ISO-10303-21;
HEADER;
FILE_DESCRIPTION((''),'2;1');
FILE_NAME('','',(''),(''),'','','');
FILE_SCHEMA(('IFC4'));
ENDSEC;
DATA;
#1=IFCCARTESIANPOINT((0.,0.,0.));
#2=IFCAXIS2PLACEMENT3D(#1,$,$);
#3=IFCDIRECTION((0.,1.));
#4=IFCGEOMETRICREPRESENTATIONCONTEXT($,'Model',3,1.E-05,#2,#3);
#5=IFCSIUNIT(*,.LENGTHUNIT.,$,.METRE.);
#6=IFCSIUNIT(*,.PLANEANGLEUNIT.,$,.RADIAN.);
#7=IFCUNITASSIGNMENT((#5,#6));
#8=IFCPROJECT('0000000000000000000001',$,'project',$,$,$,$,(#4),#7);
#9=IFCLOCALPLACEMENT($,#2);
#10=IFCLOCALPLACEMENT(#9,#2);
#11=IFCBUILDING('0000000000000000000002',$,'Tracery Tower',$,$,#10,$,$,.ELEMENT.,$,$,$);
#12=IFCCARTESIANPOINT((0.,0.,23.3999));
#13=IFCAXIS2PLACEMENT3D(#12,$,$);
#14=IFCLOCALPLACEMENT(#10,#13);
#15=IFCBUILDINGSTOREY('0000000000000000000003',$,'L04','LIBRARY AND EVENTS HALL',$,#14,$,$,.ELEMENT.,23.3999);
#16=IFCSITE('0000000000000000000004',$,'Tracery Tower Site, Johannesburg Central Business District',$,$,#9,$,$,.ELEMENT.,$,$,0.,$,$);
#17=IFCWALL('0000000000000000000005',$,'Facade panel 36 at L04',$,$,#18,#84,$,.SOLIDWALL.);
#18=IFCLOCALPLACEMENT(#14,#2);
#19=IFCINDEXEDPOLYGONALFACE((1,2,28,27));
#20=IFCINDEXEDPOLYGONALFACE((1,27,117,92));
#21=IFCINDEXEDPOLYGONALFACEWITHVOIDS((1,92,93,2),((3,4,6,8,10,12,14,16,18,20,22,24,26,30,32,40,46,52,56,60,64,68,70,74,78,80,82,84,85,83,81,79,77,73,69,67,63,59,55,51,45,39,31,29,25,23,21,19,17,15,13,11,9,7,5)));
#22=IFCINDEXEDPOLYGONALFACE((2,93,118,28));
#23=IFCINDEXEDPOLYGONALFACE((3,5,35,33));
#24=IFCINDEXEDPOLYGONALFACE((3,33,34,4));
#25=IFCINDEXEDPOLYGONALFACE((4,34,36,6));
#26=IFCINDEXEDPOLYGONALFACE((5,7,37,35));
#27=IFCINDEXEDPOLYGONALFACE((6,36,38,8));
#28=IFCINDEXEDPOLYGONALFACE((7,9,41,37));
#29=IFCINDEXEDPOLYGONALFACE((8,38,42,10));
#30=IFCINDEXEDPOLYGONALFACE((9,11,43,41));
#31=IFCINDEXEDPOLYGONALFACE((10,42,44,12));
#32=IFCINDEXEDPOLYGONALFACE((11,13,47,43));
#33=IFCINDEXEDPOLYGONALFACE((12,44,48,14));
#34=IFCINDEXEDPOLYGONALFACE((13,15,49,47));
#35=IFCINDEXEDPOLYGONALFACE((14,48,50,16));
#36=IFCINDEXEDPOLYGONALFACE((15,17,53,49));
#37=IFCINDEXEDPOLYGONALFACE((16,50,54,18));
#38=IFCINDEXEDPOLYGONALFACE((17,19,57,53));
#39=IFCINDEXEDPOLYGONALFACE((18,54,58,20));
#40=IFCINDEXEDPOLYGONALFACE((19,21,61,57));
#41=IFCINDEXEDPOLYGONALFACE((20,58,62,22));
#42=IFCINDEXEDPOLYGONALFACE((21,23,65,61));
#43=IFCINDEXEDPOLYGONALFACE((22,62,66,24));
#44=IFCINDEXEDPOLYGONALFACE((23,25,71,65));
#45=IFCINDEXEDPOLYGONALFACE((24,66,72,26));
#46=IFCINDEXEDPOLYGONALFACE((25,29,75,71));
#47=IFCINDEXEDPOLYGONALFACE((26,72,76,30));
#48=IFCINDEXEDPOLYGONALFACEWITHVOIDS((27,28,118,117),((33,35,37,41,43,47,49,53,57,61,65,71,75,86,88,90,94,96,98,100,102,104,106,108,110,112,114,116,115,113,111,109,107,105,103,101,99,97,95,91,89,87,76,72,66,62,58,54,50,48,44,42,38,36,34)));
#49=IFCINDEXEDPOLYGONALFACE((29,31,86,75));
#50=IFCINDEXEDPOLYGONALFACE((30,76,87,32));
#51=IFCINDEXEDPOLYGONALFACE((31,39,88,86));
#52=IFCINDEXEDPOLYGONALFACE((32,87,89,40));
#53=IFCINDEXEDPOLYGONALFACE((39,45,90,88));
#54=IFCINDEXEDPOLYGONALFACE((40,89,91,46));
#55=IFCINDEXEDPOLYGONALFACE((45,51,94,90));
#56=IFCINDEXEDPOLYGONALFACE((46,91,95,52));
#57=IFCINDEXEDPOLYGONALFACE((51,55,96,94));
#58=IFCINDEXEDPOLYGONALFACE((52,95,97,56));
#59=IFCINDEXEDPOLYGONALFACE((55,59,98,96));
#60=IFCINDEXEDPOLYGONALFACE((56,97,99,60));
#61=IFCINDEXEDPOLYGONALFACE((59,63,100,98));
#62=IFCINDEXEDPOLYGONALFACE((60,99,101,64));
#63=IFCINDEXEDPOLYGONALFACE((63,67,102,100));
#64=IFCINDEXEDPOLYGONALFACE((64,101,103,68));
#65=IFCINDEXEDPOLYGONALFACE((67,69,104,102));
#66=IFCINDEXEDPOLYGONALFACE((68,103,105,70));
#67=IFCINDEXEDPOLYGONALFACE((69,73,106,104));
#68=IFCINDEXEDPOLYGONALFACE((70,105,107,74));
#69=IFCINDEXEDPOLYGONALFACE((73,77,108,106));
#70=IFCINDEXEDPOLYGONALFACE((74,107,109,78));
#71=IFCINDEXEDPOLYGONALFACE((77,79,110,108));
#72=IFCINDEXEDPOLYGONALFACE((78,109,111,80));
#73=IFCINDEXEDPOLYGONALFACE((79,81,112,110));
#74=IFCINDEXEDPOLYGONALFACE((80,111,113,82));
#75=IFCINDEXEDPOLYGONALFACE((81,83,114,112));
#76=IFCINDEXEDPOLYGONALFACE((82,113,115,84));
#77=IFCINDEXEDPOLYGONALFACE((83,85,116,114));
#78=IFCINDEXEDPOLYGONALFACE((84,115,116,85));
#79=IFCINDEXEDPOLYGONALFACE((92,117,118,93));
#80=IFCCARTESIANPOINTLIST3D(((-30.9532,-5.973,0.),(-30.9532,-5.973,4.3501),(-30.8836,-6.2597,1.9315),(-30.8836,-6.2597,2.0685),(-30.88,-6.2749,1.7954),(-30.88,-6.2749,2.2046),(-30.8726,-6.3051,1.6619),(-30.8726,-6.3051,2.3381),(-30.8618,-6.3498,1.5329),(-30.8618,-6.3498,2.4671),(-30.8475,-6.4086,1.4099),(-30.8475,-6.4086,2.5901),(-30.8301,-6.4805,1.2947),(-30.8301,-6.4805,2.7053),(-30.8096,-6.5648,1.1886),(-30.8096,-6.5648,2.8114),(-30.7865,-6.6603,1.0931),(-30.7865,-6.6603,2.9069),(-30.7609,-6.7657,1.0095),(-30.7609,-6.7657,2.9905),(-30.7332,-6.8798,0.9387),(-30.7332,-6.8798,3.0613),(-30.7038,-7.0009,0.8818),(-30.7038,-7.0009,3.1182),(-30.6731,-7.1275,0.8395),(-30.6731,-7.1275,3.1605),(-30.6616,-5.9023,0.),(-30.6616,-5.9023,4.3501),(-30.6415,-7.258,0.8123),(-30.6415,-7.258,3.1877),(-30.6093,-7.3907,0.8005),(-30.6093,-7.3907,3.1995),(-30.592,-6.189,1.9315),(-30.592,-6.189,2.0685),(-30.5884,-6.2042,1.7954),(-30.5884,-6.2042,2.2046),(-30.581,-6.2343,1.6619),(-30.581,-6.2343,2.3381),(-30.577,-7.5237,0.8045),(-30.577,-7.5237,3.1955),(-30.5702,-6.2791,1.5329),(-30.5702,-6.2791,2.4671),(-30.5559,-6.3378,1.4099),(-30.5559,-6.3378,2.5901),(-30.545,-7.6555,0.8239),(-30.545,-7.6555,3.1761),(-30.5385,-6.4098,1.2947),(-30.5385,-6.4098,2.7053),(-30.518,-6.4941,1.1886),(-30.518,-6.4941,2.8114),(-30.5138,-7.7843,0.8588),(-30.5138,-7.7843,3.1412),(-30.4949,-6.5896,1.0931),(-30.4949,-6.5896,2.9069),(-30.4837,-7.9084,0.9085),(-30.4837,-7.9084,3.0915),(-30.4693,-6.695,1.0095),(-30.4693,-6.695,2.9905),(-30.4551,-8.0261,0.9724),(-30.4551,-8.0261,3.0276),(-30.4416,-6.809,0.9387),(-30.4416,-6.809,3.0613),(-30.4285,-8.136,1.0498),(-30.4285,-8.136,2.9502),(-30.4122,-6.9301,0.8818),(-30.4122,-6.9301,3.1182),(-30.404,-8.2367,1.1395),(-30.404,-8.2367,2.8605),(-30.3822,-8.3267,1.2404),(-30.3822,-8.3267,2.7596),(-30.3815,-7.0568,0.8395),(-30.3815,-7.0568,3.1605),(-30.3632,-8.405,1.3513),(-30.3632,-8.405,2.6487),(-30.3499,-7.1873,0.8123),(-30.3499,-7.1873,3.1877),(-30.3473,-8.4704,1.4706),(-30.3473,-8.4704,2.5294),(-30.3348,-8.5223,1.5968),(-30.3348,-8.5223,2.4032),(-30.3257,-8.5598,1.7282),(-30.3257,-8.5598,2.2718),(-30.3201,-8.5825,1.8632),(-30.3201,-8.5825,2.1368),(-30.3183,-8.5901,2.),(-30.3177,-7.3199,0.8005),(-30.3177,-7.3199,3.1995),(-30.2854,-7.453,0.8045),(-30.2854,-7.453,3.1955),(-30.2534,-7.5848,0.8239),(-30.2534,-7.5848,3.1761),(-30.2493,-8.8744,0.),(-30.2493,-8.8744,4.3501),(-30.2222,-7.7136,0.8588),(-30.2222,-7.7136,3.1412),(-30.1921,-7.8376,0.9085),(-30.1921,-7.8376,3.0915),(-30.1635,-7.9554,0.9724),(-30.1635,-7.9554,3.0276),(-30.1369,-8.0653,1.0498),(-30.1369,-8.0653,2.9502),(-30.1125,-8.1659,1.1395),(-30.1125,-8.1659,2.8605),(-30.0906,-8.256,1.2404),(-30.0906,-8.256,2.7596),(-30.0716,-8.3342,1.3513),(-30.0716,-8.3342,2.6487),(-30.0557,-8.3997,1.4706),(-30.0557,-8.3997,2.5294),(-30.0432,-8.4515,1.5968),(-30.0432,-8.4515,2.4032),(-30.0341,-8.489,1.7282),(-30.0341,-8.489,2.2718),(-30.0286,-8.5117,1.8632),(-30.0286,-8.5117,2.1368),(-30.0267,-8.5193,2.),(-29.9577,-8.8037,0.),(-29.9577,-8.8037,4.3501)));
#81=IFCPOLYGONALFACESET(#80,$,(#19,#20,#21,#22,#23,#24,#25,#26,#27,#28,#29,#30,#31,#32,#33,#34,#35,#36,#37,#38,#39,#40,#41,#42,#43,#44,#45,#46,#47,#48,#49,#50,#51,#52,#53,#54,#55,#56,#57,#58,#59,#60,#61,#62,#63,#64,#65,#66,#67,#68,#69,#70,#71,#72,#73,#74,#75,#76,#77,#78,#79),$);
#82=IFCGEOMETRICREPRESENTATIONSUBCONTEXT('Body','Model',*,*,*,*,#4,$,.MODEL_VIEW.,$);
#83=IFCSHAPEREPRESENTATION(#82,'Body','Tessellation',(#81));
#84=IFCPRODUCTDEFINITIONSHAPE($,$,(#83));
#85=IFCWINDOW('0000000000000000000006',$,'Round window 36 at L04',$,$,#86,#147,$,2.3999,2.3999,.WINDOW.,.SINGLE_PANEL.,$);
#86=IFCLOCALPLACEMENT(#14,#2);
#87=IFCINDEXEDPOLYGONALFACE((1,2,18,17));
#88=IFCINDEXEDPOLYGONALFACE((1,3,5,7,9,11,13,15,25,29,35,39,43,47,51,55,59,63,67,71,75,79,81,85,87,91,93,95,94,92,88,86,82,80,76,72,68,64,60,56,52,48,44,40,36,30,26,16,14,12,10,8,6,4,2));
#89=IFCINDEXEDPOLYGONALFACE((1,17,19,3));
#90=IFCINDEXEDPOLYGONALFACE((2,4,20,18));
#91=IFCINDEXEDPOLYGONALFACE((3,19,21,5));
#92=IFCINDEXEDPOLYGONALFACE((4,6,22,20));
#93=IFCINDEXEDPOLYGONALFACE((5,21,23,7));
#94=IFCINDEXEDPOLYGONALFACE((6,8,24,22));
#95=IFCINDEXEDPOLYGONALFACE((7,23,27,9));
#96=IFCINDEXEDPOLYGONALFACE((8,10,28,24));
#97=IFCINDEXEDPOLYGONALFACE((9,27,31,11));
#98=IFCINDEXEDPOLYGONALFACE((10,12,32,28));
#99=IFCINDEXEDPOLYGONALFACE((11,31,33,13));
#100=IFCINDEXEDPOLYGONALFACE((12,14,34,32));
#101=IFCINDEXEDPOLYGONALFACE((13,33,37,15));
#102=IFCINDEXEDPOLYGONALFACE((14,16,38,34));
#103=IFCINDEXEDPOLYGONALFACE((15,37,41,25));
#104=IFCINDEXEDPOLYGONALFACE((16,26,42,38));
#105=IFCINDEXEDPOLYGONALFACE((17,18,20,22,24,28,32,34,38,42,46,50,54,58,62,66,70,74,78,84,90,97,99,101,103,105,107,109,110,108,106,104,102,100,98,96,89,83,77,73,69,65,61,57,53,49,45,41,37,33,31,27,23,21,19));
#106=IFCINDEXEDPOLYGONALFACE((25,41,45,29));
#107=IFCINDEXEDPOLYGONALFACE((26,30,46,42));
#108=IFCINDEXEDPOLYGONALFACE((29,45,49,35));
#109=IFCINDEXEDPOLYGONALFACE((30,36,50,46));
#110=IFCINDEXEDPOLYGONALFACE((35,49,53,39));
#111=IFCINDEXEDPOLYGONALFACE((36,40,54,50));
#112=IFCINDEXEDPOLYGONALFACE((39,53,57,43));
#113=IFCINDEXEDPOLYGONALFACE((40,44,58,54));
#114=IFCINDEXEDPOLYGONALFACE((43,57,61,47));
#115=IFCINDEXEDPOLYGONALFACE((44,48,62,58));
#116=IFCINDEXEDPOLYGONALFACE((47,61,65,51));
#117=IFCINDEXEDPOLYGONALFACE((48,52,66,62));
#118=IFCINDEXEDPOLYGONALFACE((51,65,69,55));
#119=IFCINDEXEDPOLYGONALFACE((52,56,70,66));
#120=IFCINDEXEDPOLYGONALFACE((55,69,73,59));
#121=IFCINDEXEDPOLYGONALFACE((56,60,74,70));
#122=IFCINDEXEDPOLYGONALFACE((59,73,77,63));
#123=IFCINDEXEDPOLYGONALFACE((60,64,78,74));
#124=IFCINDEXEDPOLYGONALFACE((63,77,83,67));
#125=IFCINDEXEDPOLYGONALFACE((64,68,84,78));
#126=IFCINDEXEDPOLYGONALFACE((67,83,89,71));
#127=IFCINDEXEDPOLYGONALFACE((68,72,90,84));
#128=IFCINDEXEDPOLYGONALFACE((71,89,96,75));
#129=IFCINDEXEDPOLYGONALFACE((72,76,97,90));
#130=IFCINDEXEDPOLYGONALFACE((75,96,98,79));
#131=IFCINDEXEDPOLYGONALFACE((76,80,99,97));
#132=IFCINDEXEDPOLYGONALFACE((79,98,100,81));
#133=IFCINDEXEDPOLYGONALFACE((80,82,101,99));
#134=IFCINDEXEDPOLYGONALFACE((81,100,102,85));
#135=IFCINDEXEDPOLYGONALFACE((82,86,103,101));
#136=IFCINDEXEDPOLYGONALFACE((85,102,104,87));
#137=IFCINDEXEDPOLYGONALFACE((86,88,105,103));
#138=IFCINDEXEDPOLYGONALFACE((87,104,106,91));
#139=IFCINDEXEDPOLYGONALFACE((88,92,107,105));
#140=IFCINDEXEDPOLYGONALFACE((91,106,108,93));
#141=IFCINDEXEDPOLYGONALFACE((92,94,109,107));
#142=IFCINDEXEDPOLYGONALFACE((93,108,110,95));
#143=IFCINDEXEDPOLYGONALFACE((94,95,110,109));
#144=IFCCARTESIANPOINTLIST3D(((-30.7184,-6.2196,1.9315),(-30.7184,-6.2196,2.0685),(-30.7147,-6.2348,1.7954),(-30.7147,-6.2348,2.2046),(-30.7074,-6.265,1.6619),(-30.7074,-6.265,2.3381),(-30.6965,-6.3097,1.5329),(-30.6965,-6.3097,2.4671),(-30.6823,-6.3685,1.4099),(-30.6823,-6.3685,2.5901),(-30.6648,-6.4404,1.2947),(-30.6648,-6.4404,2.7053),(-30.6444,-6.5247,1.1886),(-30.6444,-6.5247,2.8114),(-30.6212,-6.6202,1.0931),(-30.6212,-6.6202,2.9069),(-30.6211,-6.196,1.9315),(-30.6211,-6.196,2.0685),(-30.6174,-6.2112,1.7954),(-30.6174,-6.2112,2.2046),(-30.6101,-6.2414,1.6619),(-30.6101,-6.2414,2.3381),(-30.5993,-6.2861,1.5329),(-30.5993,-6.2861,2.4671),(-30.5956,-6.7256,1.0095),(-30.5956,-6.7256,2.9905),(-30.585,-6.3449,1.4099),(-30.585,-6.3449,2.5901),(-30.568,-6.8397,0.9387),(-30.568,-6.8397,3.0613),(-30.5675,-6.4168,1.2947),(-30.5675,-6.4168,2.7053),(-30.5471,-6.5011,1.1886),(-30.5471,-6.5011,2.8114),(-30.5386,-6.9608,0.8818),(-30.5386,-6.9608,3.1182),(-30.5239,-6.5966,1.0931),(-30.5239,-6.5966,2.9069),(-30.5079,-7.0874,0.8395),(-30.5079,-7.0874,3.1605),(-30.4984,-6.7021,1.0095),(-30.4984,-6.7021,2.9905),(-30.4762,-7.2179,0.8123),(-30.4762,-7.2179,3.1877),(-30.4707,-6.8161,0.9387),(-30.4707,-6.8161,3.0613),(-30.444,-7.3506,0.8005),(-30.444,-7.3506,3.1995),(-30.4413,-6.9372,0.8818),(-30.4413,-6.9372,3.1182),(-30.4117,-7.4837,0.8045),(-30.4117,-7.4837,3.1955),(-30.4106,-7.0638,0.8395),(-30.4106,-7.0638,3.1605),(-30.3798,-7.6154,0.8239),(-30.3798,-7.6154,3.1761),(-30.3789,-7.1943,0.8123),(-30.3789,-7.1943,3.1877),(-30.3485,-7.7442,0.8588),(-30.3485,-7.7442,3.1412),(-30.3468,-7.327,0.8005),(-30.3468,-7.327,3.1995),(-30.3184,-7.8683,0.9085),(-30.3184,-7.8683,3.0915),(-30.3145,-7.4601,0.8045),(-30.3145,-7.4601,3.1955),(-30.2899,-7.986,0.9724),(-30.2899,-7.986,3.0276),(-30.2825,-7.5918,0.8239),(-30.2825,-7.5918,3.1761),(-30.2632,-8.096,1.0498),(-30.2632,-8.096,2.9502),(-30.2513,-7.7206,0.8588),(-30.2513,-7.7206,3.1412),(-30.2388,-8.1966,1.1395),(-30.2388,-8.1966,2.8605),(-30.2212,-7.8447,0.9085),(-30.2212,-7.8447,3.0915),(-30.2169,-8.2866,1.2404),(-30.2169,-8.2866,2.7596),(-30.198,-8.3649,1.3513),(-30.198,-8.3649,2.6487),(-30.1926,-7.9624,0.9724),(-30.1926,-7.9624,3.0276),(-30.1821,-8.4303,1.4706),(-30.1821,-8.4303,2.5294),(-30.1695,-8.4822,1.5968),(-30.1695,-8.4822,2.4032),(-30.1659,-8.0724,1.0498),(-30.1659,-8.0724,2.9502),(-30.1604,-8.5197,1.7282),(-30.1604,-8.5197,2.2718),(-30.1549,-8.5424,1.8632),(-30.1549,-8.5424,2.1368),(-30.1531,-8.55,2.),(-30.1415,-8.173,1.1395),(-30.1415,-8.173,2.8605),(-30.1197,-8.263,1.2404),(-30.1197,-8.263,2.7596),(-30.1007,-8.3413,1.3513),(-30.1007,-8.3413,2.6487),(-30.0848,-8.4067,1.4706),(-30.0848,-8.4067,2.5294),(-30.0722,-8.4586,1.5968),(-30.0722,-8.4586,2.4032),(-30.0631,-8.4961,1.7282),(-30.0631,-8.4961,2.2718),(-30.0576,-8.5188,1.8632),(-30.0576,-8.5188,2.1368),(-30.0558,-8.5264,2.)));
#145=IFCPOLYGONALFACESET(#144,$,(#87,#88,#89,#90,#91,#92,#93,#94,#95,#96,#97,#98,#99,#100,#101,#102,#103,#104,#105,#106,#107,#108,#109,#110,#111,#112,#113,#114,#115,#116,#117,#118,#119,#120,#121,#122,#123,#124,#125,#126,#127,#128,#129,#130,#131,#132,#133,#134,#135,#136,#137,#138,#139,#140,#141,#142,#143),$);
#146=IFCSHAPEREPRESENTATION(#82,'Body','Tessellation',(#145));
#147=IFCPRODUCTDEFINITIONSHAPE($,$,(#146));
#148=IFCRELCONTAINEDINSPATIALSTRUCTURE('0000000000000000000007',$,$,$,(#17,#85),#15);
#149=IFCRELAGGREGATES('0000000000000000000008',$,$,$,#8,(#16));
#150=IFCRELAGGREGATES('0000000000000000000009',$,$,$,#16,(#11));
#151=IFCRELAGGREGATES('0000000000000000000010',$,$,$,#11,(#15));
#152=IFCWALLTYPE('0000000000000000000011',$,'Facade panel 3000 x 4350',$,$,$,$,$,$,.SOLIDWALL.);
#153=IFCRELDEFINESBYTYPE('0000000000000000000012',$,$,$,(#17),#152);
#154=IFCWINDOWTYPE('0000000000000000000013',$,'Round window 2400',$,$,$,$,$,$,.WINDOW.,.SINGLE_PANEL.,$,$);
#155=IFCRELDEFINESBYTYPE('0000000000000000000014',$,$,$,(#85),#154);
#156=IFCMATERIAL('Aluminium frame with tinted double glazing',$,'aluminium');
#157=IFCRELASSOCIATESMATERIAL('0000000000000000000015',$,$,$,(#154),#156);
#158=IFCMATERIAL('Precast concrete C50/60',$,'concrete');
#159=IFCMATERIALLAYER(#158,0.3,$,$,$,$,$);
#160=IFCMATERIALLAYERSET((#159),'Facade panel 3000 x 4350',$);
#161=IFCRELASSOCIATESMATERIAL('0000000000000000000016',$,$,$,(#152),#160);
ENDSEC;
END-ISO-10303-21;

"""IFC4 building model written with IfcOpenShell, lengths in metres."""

from ifc_helpers import new_model, si_unit, direction, frame, frame_2d, origin, origin_2d, place, context, subcontext, project, spatial, rectangle, circle, extrude, material, layer, layer_set, type_object, element, fill, save


model = new_model("IFC4")

# Units and contexts
model_context = context("Model", 3, precision=1e-05, world=origin(), true_north=direction((0.0, 1.0)))
body_context = subcontext(model_context, "Body", "Model", "MODEL_VIEW")
ifc_project = project(units=[si_unit("LENGTHUNIT", "METRE"), si_unit("PLANEANGLEUNIT", "RADIAN")], contexts=[model_context])

# Site, building, storey
site_placement = place(None, origin())
site = spatial("IfcSite", under=ifc_project, at=site_placement, Name="Tracery Tower Site, Johannesburg Central Business District", CompositionType="ELEMENT", RefElevation=0.0)
building_placement = place(site_placement, origin())
building = spatial("IfcBuilding", under=site, at=building_placement, Name="Tracery Tower", CompositionType="ELEMENT")
storey_placement = place(building_placement, frame((0.0, 0.0, 23.3999)))
storey = spatial("IfcBuildingStorey", under=building, at=storey_placement, Name="L04", Description="LIBRARY AND EVENTS HALL", CompositionType="ELEMENT", Elevation=23.3999)

# Wall, opening, window
ifc_material_1 = material(Name="Aluminium frame with tinted double glazing", Category="aluminium")
window_type = type_object("IfcWindowType", Name="Round window 2400", PartitioningType="SINGLE_PANEL", PredefinedType="WINDOW", material=ifc_material_1)
ifc_material_2 = material(Name="Precast concrete C50/60", Category="concrete")
ifc_layer_1 = layer(ifc_material_2, 0.3)
ifc_layer_set_1 = layer_set([ifc_layer_1], Name="Facade panel 3000 x 4350")
wall_type_1 = type_object("IfcWallType", Name="Facade panel 3000 x 4350", PredefinedType="SOLIDWALL", material=ifc_layer_set_1)
wall_1_placement = place(storey_placement, frame((-30.8074, -5.9377, 0.0), z_axis=(0.0, 0.0, 1.0), x_axis=(0.235757, -0.971812, 0.0)))
wall_1 = element("IfcWall", 1, at=wall_1_placement, inside=storey, type_object=wall_type_1, Name="Facade panel 36 at L04", PredefinedType="SOLIDWALL", context=body_context, shape_type="SweptSolid", body=[
    extrude(rectangle(XDim=2.9856, YDim=0.3, at=frame_2d((1.4927, 0.0))), origin(), (0.0, 0.0, 1.0), 4.3501),
])
opening_1_placement = place(wall_1_placement, frame((1.4929, 0.0, 2.0)))
opening_1 = element("IfcOpeningElement", 2, at=opening_1_placement, cuts=wall_1, PredefinedType="OPENING", context=body_context, shape_type="SweptSolid", body=[
    extrude(circle(Radius=1.2, at=origin_2d()), frame((0.0, 0.1599, 0.0), z_axis=(0.0, -1.0, 0.0), x_axis=(1.0, 0.0, 0.0)), (0.0, 0.0, 1.0), 0.3201),
])
window_1_placement = place(opening_1_placement, origin())
window_1 = element("IfcWindow", 3, at=window_1_placement, inside=storey, type_object=window_type, Name="Round window 36 at L04", OverallHeight=2.3999, OverallWidth=2.3999, PartitioningType="SINGLE_PANEL", PredefinedType="WINDOW", context=body_context, shape_type="SweptSolid", body=[
    extrude(circle(Radius=1.2, at=origin_2d()), frame((0.0, 0.1201, 0.0), z_axis=(0.0, -1.0, 0.0), x_axis=(1.0, 0.0, 0.0)), (0.0, 0.0, 1.0), 0.1001),
])
fill(opening_1, window_1)

save(model, "model.ifc")
